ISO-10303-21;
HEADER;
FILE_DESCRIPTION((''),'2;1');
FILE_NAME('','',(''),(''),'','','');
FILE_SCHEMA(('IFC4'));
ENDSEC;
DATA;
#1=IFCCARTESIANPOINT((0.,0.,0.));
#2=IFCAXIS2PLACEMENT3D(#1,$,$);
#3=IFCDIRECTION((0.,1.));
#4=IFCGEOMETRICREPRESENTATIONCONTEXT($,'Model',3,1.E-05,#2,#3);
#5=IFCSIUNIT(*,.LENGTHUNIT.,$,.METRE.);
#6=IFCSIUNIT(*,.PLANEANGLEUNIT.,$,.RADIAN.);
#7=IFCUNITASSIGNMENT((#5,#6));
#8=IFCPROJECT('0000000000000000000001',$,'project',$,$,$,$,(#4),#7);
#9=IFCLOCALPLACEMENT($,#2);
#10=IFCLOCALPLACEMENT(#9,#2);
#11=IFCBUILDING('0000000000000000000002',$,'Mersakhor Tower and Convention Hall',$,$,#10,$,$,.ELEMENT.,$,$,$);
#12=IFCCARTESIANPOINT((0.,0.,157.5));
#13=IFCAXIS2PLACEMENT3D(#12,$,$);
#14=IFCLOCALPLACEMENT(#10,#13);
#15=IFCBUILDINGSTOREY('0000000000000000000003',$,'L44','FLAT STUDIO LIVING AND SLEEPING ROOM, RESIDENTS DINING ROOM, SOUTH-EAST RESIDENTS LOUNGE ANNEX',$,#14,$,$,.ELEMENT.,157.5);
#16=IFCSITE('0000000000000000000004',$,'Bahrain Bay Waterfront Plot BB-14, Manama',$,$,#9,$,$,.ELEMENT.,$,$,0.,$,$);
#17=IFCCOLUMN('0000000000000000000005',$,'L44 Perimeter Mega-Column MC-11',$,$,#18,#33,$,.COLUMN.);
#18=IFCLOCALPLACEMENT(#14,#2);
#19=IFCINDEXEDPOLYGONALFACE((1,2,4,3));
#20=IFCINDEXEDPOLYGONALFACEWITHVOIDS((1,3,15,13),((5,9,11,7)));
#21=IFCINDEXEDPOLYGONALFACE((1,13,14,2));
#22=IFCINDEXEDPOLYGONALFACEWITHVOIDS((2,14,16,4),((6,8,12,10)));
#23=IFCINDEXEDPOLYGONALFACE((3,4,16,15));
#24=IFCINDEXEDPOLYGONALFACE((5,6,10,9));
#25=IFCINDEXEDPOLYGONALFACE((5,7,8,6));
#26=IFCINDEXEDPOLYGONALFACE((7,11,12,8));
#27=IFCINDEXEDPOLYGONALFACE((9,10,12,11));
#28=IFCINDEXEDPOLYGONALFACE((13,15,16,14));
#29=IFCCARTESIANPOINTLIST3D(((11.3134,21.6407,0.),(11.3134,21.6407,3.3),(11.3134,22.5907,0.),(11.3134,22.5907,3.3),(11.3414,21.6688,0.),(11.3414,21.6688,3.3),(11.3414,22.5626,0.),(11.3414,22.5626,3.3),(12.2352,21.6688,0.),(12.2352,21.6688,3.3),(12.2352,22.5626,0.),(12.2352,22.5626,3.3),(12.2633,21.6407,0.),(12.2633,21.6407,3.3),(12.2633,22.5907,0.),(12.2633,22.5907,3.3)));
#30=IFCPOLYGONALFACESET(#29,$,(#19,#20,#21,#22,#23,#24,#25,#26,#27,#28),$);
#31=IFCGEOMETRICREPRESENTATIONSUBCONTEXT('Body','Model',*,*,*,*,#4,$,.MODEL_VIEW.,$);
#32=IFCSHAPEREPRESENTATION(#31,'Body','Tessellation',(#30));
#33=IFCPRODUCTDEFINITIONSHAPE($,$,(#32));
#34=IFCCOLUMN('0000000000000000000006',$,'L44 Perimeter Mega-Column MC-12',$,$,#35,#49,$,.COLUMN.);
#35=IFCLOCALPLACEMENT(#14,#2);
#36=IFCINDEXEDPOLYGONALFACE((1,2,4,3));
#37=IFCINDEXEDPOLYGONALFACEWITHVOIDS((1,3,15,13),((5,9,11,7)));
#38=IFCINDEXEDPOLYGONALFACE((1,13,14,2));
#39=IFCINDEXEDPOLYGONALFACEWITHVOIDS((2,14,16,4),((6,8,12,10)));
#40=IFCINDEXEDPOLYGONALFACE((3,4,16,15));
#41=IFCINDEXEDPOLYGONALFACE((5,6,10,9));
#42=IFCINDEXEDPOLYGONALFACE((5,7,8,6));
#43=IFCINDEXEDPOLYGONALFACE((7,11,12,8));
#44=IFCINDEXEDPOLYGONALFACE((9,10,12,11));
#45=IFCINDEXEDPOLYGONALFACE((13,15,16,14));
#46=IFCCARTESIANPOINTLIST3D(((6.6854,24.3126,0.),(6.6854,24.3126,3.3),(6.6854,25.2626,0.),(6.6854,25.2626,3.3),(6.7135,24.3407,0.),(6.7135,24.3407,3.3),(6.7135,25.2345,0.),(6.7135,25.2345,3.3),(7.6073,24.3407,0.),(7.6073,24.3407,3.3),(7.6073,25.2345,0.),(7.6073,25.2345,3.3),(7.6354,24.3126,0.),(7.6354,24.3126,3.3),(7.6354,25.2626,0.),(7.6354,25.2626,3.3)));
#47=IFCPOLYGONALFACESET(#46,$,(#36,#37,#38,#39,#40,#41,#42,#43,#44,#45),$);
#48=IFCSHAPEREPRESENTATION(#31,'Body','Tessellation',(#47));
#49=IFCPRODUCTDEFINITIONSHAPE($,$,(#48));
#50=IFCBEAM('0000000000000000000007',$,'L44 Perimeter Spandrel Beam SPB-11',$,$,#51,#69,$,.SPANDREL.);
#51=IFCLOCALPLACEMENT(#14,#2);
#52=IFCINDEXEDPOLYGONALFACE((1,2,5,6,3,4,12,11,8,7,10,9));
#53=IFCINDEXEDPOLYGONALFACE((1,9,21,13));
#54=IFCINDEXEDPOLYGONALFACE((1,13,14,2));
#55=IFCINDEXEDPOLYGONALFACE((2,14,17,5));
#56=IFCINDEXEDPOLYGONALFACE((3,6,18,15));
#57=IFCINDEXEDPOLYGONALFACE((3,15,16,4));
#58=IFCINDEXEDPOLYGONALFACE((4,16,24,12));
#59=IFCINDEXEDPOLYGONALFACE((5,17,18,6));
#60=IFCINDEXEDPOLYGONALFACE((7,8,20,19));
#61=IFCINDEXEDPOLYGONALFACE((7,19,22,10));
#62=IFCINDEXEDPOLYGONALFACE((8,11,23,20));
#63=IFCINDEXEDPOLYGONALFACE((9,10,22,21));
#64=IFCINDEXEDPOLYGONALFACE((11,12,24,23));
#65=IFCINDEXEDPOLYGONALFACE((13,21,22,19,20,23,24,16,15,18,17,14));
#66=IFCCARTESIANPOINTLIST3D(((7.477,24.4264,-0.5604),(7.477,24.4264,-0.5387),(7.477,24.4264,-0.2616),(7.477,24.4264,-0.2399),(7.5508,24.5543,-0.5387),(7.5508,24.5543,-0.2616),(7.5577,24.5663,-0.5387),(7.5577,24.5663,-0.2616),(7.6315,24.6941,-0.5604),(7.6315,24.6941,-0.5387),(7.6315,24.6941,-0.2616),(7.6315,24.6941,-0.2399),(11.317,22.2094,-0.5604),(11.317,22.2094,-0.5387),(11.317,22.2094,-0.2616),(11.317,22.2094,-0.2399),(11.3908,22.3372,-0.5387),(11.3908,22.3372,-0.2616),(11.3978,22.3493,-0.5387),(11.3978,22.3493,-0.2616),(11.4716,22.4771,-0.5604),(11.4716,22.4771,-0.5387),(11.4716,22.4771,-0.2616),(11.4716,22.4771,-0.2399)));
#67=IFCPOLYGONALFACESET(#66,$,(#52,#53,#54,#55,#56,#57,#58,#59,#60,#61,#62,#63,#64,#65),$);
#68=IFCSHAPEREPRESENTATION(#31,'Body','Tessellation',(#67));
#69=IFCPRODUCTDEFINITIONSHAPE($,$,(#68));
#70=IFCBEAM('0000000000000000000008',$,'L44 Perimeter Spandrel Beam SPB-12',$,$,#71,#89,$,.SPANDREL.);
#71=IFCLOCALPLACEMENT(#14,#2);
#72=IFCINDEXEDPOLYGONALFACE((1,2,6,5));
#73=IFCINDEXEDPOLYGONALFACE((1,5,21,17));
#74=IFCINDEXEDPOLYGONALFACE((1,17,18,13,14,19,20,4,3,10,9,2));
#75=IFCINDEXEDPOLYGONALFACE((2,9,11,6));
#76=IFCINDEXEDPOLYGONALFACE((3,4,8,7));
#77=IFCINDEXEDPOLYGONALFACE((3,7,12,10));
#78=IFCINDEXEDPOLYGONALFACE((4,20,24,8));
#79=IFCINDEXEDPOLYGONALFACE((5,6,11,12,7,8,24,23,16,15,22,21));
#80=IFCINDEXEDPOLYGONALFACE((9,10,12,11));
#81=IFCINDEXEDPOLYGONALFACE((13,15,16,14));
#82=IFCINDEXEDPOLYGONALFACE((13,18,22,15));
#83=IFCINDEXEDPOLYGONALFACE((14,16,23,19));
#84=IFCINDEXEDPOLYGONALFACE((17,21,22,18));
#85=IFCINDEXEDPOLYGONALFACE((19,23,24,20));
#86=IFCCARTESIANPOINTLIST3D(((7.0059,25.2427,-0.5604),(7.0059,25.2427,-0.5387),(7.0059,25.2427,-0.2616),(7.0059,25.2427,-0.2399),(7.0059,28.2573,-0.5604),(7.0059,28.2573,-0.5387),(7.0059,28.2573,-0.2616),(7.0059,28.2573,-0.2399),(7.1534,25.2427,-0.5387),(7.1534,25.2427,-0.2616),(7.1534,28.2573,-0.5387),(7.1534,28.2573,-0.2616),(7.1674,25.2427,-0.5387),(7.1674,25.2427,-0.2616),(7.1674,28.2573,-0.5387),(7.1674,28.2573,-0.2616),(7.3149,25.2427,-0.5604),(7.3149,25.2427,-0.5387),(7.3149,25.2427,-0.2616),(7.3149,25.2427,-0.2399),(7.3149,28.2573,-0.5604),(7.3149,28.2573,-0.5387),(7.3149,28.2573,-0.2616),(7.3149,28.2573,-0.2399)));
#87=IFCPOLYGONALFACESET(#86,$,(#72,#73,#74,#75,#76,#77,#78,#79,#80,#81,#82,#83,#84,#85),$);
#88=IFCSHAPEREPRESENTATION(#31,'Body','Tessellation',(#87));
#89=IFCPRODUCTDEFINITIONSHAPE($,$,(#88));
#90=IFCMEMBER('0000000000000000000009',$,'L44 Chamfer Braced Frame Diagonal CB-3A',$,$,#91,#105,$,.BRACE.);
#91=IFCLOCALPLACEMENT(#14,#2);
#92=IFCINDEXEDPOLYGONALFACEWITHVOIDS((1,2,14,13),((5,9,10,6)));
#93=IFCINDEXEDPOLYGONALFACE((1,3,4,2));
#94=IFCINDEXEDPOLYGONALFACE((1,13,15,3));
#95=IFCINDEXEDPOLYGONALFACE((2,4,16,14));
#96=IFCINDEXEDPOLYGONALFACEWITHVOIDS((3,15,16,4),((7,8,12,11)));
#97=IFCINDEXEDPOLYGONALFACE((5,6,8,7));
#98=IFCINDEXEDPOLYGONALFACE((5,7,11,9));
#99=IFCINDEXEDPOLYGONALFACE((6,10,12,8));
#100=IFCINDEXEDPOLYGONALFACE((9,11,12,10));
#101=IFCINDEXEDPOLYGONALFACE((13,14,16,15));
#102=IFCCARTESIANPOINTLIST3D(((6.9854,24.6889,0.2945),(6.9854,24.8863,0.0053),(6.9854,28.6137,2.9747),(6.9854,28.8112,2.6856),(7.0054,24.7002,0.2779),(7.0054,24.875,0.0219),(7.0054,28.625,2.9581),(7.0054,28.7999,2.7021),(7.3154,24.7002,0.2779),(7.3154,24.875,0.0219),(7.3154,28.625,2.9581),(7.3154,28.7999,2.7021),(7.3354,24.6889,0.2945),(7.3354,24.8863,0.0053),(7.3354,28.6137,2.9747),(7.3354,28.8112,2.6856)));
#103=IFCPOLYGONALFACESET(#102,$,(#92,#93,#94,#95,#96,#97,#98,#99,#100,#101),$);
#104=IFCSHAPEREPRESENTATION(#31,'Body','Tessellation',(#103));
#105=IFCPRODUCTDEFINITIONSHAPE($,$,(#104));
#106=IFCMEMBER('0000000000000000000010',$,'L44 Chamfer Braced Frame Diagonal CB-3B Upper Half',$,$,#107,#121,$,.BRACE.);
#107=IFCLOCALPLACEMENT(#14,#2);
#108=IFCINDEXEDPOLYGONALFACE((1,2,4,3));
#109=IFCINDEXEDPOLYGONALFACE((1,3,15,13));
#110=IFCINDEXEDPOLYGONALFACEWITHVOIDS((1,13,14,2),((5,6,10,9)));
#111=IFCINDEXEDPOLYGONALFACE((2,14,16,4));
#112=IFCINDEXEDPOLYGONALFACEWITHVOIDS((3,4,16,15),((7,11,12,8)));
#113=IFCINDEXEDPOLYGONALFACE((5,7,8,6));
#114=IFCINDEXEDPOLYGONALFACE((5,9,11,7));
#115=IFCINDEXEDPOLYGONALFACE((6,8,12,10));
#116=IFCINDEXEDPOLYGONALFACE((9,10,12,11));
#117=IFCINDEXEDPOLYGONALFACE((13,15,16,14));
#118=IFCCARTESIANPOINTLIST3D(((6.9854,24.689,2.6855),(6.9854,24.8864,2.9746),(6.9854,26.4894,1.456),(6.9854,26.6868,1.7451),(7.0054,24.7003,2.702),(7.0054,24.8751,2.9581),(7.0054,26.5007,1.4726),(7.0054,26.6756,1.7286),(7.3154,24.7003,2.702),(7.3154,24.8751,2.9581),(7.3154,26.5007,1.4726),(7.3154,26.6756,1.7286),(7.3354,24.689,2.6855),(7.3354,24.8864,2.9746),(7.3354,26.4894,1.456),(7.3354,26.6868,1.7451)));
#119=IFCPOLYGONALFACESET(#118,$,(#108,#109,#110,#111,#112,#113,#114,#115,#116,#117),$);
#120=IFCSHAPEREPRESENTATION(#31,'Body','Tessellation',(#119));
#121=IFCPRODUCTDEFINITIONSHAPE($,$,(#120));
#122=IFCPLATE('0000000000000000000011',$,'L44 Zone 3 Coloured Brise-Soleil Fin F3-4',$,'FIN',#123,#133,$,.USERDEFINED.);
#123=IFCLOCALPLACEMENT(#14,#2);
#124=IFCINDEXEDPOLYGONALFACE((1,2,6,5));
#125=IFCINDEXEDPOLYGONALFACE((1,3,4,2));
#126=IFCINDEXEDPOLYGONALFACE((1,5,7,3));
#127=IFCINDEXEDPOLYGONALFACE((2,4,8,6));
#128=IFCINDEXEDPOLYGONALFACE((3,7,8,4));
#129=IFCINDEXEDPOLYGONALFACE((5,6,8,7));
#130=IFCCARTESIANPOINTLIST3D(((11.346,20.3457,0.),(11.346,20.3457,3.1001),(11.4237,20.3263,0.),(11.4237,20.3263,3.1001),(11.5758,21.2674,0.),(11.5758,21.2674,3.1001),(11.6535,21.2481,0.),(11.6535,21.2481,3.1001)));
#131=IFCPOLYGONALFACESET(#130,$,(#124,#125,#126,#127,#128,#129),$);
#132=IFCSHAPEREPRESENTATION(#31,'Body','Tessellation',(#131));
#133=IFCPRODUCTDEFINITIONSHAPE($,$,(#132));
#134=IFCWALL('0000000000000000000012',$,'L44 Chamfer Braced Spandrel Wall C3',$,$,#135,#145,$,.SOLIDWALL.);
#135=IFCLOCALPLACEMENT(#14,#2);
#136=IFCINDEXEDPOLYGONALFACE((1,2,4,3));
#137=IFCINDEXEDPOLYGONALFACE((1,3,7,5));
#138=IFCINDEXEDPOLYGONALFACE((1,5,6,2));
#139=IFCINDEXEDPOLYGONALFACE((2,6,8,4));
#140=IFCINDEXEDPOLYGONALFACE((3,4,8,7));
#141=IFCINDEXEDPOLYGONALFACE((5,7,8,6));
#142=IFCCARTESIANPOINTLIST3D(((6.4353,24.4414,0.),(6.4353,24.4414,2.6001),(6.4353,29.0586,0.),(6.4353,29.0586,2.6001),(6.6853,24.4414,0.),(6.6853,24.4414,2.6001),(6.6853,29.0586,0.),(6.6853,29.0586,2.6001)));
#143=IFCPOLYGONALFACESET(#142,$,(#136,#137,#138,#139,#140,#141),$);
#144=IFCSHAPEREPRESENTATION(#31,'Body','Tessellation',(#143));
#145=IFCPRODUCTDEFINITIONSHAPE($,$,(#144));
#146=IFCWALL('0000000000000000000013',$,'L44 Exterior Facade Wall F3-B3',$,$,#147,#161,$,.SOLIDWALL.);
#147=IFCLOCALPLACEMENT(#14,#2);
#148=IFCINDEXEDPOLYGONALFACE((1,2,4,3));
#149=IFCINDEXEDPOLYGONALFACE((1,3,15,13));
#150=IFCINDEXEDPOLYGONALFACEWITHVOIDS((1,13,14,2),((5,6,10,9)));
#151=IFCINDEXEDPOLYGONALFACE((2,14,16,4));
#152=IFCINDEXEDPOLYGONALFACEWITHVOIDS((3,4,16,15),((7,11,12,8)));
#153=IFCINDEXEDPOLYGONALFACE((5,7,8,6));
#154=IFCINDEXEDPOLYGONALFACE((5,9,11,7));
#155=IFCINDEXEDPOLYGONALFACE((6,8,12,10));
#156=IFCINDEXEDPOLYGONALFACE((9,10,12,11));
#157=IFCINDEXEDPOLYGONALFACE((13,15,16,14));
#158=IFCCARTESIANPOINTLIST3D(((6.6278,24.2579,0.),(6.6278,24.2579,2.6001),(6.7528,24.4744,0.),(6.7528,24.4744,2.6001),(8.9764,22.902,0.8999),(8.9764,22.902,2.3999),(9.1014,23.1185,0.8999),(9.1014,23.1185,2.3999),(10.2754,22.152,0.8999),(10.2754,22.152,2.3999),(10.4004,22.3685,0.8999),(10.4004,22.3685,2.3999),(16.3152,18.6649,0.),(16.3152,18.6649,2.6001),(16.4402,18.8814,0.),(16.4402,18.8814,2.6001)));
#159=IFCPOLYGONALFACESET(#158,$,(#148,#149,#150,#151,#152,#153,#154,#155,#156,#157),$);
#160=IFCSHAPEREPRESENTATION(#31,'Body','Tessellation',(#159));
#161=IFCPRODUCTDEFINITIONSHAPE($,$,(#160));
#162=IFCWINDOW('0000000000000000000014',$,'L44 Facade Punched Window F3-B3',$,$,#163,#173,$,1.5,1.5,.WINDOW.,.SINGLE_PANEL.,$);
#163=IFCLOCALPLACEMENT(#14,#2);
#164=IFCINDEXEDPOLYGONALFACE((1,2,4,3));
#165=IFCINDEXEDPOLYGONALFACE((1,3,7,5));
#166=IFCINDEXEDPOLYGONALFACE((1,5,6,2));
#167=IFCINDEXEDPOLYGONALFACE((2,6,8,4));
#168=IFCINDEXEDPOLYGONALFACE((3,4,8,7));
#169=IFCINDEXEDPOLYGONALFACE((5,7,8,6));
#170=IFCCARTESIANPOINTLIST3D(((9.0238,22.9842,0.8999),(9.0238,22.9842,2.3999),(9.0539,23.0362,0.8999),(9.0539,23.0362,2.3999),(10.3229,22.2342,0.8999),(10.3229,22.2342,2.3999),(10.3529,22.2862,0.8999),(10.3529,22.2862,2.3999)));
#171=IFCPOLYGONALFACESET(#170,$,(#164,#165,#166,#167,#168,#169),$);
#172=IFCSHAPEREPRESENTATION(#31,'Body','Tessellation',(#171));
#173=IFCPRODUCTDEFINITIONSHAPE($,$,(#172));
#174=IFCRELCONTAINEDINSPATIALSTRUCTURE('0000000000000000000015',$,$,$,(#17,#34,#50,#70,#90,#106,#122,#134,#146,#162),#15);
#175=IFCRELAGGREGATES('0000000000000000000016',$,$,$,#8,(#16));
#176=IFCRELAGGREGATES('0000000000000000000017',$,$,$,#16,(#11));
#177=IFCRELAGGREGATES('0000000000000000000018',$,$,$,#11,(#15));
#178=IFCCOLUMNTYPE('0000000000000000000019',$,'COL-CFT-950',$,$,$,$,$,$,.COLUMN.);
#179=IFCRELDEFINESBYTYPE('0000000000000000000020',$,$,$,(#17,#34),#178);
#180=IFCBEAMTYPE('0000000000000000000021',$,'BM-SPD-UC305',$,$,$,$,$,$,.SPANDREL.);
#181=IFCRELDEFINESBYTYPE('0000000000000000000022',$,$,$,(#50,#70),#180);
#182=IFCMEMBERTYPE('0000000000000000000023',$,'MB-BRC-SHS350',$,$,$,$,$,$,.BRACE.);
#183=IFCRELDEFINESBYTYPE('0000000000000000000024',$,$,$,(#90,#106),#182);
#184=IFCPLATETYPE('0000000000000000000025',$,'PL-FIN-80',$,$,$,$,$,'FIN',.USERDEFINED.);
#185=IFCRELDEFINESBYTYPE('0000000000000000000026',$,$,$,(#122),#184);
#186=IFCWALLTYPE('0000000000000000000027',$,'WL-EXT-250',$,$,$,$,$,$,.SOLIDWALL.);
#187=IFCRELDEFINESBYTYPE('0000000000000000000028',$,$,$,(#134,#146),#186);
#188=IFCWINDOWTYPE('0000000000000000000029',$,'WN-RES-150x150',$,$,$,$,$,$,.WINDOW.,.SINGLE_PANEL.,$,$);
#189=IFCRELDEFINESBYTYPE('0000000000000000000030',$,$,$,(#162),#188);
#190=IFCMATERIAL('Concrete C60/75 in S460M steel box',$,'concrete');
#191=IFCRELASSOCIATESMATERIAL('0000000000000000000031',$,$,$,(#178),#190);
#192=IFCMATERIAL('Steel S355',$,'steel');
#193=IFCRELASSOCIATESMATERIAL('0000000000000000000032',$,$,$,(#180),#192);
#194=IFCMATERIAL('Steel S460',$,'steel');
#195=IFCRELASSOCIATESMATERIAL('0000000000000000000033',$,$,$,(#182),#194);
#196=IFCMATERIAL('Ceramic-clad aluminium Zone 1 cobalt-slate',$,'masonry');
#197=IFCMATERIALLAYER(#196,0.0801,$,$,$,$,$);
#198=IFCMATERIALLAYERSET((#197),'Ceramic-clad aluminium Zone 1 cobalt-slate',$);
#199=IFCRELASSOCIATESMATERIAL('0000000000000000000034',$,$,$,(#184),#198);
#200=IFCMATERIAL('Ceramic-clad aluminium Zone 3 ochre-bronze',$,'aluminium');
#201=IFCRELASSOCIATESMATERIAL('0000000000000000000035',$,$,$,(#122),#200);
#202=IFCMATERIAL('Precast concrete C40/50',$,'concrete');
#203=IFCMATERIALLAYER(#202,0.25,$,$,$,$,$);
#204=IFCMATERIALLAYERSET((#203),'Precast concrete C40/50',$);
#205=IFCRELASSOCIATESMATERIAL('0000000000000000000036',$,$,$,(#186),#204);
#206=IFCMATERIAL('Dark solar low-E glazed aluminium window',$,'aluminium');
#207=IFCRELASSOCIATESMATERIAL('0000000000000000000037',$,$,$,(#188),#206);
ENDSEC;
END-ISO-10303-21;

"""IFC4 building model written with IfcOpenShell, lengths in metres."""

from ifc_helpers import new_model, si_unit, direction, frame, frame_2d, origin, origin_2d, place, context, subcontext, project, spatial, rectangle, hollow_rectangle, i_section, extrude, material, layer, layer_set, material_profile, profile_set, type_object, element, fill, save


model = new_model("IFC4")

# Units and contexts
model_context = context("Model", 3, precision=1e-05, world=origin(), true_north=direction((0.0, 1.0)))
body_context = subcontext(model_context, "Body", "Model", "MODEL_VIEW")
ifc_project = project(units=[si_unit("LENGTHUNIT", "METRE"), si_unit("PLANEANGLEUNIT", "RADIAN")], contexts=[model_context])

# Site, building, storey
site_placement = place(None, origin())
site = spatial("IfcSite", under=ifc_project, at=site_placement, Name="Bahrain Bay Waterfront Plot BB-14, Manama", CompositionType="ELEMENT", RefElevation=0.0)
building_placement = place(site_placement, origin())
building = spatial("IfcBuilding", under=site, at=building_placement, Name="Mersakhor Tower and Convention Hall", CompositionType="ELEMENT")
storey_placement = place(building_placement, frame((0.0, 0.0, 157.5)))
storey = spatial("IfcBuildingStorey", under=building, at=storey_placement, Name="L44", Description="FLAT STUDIO LIVING AND SLEEPING ROOM, RESIDENTS DINING ROOM, SOUTH-EAST RESIDENTS LOUNGE ANNEX", CompositionType="ELEMENT", Elevation=157.5)

# Columns
ifc_material_1 = material(Name="Concrete C60/75 in S460M steel box", Category="concrete")
ifc_material_profile_1 = material_profile(ifc_material_1, hollow_rectangle(XDim=0.95, YDim=0.95, WallThickness=0.0281, at=origin_2d()), Name="SHS 950x950x28")
ifc_profile_set_1 = profile_set([ifc_material_profile_1], Name="Concrete C60/75 in S460M steel box")
column_type = type_object("IfcColumnType", Name="COL-CFT-950", PredefinedType="COLUMN", material=ifc_profile_set_1)
for number, where, z_axis, x_axis, name in (
    (1, (11.7883, 22.1157, 0.0), (0.0, 0.0, 1.0), (1.0, 0.0, 0.0), "L44 Perimeter Mega-Column MC-11"),
    (2, (7.1604, 24.7876, 0.0), (0.0, 0.0, 1.0), (1.0, 0.0, 0.0), "L44 Perimeter Mega-Column MC-12"),
):
    element("IfcColumn", number, at=place(storey_placement, frame(where, z_axis=z_axis, x_axis=x_axis)), inside=storey, type_object=column_type, Name=name, PredefinedType="COLUMN", context=body_context, shape_type="SweptSolid", body=[
        extrude(hollow_rectangle(XDim=0.95, YDim=0.95, WallThickness=0.0281, at=origin_2d()), origin(), (0.0, 0.0, 1.0), 3.3),
    ])

# Beams
ifc_material_2 = material(Name="Steel S355", Category="steel")
ifc_material_profile_2 = material_profile(ifc_material_2, i_section(OverallWidth=0.3091, OverallDepth=0.3206, WebThickness=0.0139, FlangeThickness=0.0217, at=origin_2d()), Name="UC 305x305x137")
ifc_profile_set_2 = profile_set([ifc_material_profile_2], Name="Steel S355")
beam_type = type_object("IfcBeamType", Name="BM-SPD-UC305", PredefinedType="SPANDREL", material=ifc_profile_set_2)
beam_1_placement = place(storey_placement, frame((11.3943, 22.3433, -0.4001), z_axis=(-0.866029, 0.499994, 0.0), x_axis=(-0.499994, -0.866029, 0.0)))
element("IfcBeam", 3, at=beam_1_placement, inside=storey, type_object=beam_type, Name="L44 Perimeter Spandrel Beam SPB-11", PredefinedType="SPANDREL", context=body_context, shape_type="SweptSolid", body=[
    extrude(i_section(OverallWidth=0.3091, OverallDepth=0.3206, WebThickness=0.0139, FlangeThickness=0.0217, at=origin_2d()), origin(), (0.0, 0.0, 1.0), 4.4341),
])
beam_2_placement = place(storey_placement, frame((7.1604, 25.2427, -0.4001), z_axis=(0.0, 1.0, 0.0), x_axis=(-1.0, 0.0, 0.0)))
element("IfcBeam", 4, at=beam_2_placement, inside=storey, type_object=beam_type, Name="L44 Perimeter Spandrel Beam SPB-12", PredefinedType="SPANDREL", context=body_context, shape_type="SweptSolid", body=[
    extrude(i_section(OverallWidth=0.3091, OverallDepth=0.3206, WebThickness=0.0139, FlangeThickness=0.0217, at=origin_2d()), origin(), (0.0, 0.0, 1.0), 3.0146),
])

# Members
ifc_material_3 = material(Name="Steel S460", Category="steel")
ifc_material_profile_3 = material_profile(ifc_material_3, hollow_rectangle(XDim=0.3501, YDim=0.3501, WallThickness=0.02, at=origin_2d()), Name="SHS 350x350x20")
ifc_profile_set_3 = profile_set([ifc_material_profile_3], Name="Steel S460")
member_type = type_object("IfcMemberType", Name="MB-BRC-SHS350", PredefinedType="BRACE", material=ifc_profile_set_3)
member_1_placement = place(storey_placement, frame((7.1604, 24.7876, 0.1499), z_axis=(0.0, 0.825818, 0.563936), x_axis=(-1.0, 0.0, 0.0)))
element("IfcMember", 5, at=member_1_placement, inside=storey, type_object=member_type, Name="L44 Chamfer Braced Frame Diagonal CB-3A", PredefinedType="BRACE", context=body_context, shape_type="SweptSolid", body=[
    extrude(hollow_rectangle(XDim=0.3501, YDim=0.3501, WallThickness=0.02, at=origin_2d()), origin(), (0.0, 0.0, 1.0), 4.7527),
])
member_2_placement = place(storey_placement, frame((7.1604, 26.5881, 1.6006), z_axis=(0.0, -0.825832, 0.563917), x_axis=(1.0, 0.0, 0.0)))
element("IfcMember", 6, at=member_2_placement, inside=storey, type_object=member_type, Name="L44 Chamfer Braced Frame Diagonal CB-3B Upper Half", PredefinedType="BRACE", context=body_context, shape_type="SweptSolid", body=[
    extrude(hollow_rectangle(XDim=0.3501, YDim=0.3501, WallThickness=0.02, at=origin_2d()), origin(), (0.0, 0.0, 1.0), 2.1802),
])

# Plate
ifc_material_4 = material(Name="Ceramic-clad aluminium Zone 3 ochre-bronze", Category="aluminium")
ifc_material_5 = material(Name="Ceramic-clad aluminium Zone 1 cobalt-slate", Category="masonry")
ifc_layer_1 = layer(ifc_material_5, 0.0801)
ifc_layer_set_1 = layer_set([ifc_layer_1], Name="Ceramic-clad aluminium Zone 1 cobalt-slate")
plate_type = type_object("IfcPlateType", Name="PL-FIN-80", ElementType="FIN", PredefinedType="USERDEFINED", material=ifc_layer_set_1)
plate_placement = place(storey_placement, frame((11.4998, 20.7969, 0.0), z_axis=(0.0, 0.0, 1.0), x_axis=(-0.241922, -0.970296, 0.0)))
element("IfcPlate", 7, at=plate_placement, inside=storey, type_object=plate_type, material=ifc_material_4, Name="L44 Zone 3 Coloured Brise-Soleil Fin F3-4", ObjectType="FIN", PredefinedType="USERDEFINED", context=body_context, shape_type="SweptSolid", body=[
    extrude(rectangle(XDim=0.95, YDim=0.0801, at=origin_2d()), origin(), (0.0, 0.0, 1.0), 3.1001),
])

# Wall
ifc_material_6 = material(Name="Precast concrete C40/50", Category="concrete")
ifc_layer_2 = layer(ifc_material_6, 0.25)
ifc_layer_set_2 = layer_set([ifc_layer_2], Name="Precast concrete C40/50")
wall_type_1 = type_object("IfcWallType", Name="WL-EXT-250", PredefinedType="SOLIDWALL", material=ifc_layer_set_2)
wall_1_placement = place(storey_placement, frame((6.5603, 24.4414, 0.0), z_axis=(0.0, 0.0, 1.0), x_axis=(0.0, 1.0, 0.0)))
element("IfcWall", 8, at=wall_1_placement, inside=storey, type_object=wall_type_1, Name="L44 Chamfer Braced Spandrel Wall C3", PredefinedType="SOLIDWALL", context=body_context, shape_type="SweptSolid", body=[
    extrude(rectangle(XDim=4.6172, YDim=0.25, at=frame_2d((2.3086, 0.0))), origin(), (0.0, 0.0, 1.0), 2.6001),
])

# Wall, opening, window
wall_2_placement = place(storey_placement, frame((16.3777, 18.7732, 0.0), z_axis=(0.0, 0.0, 1.0), x_axis=(-0.866028, 0.499996, 0.0)))
wall_2 = element("IfcWall", 9, at=wall_2_placement, inside=storey, type_object=wall_type_1, Name="L44 Exterior Facade Wall F3-B3", PredefinedType="SOLIDWALL", context=body_context, shape_type="SweptSolid", body=[
    extrude(rectangle(XDim=11.186, YDim=0.25, at=frame_2d((5.593, 0.0))), origin(), (0.0, 0.0, 1.0), 2.6001),
])
opening_1_placement = place(wall_2_placement, frame((6.9741, 0.0, 0.8999)))
opening_1 = element("IfcOpeningElement", 10, at=opening_1_placement, cuts=wall_2, PredefinedType="OPENING", context=body_context, shape_type="SweptSolid", body=[
    extrude(rectangle(XDim=1.5, YDim=1.5, at=frame_2d((0.75, 0.75))), frame((0.0, 0.135, 0.0), z_axis=(0.0, -1.0, 0.0), x_axis=(1.0, 0.0, 0.0)), (0.0, 0.0, 1.0), 0.27),
])
ifc_material_7 = material(Name="Dark solar low-E glazed aluminium window", Category="aluminium")
window_type = type_object("IfcWindowType", Name="WN-RES-150x150", PartitioningType="SINGLE_PANEL", PredefinedType="WINDOW", material=ifc_material_7)
window_placement = place(opening_1_placement, origin())
window = element("IfcWindow", 11, at=window_placement, inside=storey, type_object=window_type, Name="L44 Facade Punched Window F3-B3", OverallHeight=1.5, OverallWidth=1.5, PartitioningType="SINGLE_PANEL", PredefinedType="WINDOW", context=body_context, shape_type="SweptSolid", body=[
    extrude(rectangle(XDim=1.5, YDim=1.5, at=frame_2d((0.75, 0.75))), frame((0.0, 0.03, 0.0), z_axis=(0.0, -1.0, 0.0), x_axis=(1.0, 0.0, 0.0)), (0.0, 0.0, 1.0), 0.0601),
])
fill(opening_1, window)

save(model, "model.ifc")
